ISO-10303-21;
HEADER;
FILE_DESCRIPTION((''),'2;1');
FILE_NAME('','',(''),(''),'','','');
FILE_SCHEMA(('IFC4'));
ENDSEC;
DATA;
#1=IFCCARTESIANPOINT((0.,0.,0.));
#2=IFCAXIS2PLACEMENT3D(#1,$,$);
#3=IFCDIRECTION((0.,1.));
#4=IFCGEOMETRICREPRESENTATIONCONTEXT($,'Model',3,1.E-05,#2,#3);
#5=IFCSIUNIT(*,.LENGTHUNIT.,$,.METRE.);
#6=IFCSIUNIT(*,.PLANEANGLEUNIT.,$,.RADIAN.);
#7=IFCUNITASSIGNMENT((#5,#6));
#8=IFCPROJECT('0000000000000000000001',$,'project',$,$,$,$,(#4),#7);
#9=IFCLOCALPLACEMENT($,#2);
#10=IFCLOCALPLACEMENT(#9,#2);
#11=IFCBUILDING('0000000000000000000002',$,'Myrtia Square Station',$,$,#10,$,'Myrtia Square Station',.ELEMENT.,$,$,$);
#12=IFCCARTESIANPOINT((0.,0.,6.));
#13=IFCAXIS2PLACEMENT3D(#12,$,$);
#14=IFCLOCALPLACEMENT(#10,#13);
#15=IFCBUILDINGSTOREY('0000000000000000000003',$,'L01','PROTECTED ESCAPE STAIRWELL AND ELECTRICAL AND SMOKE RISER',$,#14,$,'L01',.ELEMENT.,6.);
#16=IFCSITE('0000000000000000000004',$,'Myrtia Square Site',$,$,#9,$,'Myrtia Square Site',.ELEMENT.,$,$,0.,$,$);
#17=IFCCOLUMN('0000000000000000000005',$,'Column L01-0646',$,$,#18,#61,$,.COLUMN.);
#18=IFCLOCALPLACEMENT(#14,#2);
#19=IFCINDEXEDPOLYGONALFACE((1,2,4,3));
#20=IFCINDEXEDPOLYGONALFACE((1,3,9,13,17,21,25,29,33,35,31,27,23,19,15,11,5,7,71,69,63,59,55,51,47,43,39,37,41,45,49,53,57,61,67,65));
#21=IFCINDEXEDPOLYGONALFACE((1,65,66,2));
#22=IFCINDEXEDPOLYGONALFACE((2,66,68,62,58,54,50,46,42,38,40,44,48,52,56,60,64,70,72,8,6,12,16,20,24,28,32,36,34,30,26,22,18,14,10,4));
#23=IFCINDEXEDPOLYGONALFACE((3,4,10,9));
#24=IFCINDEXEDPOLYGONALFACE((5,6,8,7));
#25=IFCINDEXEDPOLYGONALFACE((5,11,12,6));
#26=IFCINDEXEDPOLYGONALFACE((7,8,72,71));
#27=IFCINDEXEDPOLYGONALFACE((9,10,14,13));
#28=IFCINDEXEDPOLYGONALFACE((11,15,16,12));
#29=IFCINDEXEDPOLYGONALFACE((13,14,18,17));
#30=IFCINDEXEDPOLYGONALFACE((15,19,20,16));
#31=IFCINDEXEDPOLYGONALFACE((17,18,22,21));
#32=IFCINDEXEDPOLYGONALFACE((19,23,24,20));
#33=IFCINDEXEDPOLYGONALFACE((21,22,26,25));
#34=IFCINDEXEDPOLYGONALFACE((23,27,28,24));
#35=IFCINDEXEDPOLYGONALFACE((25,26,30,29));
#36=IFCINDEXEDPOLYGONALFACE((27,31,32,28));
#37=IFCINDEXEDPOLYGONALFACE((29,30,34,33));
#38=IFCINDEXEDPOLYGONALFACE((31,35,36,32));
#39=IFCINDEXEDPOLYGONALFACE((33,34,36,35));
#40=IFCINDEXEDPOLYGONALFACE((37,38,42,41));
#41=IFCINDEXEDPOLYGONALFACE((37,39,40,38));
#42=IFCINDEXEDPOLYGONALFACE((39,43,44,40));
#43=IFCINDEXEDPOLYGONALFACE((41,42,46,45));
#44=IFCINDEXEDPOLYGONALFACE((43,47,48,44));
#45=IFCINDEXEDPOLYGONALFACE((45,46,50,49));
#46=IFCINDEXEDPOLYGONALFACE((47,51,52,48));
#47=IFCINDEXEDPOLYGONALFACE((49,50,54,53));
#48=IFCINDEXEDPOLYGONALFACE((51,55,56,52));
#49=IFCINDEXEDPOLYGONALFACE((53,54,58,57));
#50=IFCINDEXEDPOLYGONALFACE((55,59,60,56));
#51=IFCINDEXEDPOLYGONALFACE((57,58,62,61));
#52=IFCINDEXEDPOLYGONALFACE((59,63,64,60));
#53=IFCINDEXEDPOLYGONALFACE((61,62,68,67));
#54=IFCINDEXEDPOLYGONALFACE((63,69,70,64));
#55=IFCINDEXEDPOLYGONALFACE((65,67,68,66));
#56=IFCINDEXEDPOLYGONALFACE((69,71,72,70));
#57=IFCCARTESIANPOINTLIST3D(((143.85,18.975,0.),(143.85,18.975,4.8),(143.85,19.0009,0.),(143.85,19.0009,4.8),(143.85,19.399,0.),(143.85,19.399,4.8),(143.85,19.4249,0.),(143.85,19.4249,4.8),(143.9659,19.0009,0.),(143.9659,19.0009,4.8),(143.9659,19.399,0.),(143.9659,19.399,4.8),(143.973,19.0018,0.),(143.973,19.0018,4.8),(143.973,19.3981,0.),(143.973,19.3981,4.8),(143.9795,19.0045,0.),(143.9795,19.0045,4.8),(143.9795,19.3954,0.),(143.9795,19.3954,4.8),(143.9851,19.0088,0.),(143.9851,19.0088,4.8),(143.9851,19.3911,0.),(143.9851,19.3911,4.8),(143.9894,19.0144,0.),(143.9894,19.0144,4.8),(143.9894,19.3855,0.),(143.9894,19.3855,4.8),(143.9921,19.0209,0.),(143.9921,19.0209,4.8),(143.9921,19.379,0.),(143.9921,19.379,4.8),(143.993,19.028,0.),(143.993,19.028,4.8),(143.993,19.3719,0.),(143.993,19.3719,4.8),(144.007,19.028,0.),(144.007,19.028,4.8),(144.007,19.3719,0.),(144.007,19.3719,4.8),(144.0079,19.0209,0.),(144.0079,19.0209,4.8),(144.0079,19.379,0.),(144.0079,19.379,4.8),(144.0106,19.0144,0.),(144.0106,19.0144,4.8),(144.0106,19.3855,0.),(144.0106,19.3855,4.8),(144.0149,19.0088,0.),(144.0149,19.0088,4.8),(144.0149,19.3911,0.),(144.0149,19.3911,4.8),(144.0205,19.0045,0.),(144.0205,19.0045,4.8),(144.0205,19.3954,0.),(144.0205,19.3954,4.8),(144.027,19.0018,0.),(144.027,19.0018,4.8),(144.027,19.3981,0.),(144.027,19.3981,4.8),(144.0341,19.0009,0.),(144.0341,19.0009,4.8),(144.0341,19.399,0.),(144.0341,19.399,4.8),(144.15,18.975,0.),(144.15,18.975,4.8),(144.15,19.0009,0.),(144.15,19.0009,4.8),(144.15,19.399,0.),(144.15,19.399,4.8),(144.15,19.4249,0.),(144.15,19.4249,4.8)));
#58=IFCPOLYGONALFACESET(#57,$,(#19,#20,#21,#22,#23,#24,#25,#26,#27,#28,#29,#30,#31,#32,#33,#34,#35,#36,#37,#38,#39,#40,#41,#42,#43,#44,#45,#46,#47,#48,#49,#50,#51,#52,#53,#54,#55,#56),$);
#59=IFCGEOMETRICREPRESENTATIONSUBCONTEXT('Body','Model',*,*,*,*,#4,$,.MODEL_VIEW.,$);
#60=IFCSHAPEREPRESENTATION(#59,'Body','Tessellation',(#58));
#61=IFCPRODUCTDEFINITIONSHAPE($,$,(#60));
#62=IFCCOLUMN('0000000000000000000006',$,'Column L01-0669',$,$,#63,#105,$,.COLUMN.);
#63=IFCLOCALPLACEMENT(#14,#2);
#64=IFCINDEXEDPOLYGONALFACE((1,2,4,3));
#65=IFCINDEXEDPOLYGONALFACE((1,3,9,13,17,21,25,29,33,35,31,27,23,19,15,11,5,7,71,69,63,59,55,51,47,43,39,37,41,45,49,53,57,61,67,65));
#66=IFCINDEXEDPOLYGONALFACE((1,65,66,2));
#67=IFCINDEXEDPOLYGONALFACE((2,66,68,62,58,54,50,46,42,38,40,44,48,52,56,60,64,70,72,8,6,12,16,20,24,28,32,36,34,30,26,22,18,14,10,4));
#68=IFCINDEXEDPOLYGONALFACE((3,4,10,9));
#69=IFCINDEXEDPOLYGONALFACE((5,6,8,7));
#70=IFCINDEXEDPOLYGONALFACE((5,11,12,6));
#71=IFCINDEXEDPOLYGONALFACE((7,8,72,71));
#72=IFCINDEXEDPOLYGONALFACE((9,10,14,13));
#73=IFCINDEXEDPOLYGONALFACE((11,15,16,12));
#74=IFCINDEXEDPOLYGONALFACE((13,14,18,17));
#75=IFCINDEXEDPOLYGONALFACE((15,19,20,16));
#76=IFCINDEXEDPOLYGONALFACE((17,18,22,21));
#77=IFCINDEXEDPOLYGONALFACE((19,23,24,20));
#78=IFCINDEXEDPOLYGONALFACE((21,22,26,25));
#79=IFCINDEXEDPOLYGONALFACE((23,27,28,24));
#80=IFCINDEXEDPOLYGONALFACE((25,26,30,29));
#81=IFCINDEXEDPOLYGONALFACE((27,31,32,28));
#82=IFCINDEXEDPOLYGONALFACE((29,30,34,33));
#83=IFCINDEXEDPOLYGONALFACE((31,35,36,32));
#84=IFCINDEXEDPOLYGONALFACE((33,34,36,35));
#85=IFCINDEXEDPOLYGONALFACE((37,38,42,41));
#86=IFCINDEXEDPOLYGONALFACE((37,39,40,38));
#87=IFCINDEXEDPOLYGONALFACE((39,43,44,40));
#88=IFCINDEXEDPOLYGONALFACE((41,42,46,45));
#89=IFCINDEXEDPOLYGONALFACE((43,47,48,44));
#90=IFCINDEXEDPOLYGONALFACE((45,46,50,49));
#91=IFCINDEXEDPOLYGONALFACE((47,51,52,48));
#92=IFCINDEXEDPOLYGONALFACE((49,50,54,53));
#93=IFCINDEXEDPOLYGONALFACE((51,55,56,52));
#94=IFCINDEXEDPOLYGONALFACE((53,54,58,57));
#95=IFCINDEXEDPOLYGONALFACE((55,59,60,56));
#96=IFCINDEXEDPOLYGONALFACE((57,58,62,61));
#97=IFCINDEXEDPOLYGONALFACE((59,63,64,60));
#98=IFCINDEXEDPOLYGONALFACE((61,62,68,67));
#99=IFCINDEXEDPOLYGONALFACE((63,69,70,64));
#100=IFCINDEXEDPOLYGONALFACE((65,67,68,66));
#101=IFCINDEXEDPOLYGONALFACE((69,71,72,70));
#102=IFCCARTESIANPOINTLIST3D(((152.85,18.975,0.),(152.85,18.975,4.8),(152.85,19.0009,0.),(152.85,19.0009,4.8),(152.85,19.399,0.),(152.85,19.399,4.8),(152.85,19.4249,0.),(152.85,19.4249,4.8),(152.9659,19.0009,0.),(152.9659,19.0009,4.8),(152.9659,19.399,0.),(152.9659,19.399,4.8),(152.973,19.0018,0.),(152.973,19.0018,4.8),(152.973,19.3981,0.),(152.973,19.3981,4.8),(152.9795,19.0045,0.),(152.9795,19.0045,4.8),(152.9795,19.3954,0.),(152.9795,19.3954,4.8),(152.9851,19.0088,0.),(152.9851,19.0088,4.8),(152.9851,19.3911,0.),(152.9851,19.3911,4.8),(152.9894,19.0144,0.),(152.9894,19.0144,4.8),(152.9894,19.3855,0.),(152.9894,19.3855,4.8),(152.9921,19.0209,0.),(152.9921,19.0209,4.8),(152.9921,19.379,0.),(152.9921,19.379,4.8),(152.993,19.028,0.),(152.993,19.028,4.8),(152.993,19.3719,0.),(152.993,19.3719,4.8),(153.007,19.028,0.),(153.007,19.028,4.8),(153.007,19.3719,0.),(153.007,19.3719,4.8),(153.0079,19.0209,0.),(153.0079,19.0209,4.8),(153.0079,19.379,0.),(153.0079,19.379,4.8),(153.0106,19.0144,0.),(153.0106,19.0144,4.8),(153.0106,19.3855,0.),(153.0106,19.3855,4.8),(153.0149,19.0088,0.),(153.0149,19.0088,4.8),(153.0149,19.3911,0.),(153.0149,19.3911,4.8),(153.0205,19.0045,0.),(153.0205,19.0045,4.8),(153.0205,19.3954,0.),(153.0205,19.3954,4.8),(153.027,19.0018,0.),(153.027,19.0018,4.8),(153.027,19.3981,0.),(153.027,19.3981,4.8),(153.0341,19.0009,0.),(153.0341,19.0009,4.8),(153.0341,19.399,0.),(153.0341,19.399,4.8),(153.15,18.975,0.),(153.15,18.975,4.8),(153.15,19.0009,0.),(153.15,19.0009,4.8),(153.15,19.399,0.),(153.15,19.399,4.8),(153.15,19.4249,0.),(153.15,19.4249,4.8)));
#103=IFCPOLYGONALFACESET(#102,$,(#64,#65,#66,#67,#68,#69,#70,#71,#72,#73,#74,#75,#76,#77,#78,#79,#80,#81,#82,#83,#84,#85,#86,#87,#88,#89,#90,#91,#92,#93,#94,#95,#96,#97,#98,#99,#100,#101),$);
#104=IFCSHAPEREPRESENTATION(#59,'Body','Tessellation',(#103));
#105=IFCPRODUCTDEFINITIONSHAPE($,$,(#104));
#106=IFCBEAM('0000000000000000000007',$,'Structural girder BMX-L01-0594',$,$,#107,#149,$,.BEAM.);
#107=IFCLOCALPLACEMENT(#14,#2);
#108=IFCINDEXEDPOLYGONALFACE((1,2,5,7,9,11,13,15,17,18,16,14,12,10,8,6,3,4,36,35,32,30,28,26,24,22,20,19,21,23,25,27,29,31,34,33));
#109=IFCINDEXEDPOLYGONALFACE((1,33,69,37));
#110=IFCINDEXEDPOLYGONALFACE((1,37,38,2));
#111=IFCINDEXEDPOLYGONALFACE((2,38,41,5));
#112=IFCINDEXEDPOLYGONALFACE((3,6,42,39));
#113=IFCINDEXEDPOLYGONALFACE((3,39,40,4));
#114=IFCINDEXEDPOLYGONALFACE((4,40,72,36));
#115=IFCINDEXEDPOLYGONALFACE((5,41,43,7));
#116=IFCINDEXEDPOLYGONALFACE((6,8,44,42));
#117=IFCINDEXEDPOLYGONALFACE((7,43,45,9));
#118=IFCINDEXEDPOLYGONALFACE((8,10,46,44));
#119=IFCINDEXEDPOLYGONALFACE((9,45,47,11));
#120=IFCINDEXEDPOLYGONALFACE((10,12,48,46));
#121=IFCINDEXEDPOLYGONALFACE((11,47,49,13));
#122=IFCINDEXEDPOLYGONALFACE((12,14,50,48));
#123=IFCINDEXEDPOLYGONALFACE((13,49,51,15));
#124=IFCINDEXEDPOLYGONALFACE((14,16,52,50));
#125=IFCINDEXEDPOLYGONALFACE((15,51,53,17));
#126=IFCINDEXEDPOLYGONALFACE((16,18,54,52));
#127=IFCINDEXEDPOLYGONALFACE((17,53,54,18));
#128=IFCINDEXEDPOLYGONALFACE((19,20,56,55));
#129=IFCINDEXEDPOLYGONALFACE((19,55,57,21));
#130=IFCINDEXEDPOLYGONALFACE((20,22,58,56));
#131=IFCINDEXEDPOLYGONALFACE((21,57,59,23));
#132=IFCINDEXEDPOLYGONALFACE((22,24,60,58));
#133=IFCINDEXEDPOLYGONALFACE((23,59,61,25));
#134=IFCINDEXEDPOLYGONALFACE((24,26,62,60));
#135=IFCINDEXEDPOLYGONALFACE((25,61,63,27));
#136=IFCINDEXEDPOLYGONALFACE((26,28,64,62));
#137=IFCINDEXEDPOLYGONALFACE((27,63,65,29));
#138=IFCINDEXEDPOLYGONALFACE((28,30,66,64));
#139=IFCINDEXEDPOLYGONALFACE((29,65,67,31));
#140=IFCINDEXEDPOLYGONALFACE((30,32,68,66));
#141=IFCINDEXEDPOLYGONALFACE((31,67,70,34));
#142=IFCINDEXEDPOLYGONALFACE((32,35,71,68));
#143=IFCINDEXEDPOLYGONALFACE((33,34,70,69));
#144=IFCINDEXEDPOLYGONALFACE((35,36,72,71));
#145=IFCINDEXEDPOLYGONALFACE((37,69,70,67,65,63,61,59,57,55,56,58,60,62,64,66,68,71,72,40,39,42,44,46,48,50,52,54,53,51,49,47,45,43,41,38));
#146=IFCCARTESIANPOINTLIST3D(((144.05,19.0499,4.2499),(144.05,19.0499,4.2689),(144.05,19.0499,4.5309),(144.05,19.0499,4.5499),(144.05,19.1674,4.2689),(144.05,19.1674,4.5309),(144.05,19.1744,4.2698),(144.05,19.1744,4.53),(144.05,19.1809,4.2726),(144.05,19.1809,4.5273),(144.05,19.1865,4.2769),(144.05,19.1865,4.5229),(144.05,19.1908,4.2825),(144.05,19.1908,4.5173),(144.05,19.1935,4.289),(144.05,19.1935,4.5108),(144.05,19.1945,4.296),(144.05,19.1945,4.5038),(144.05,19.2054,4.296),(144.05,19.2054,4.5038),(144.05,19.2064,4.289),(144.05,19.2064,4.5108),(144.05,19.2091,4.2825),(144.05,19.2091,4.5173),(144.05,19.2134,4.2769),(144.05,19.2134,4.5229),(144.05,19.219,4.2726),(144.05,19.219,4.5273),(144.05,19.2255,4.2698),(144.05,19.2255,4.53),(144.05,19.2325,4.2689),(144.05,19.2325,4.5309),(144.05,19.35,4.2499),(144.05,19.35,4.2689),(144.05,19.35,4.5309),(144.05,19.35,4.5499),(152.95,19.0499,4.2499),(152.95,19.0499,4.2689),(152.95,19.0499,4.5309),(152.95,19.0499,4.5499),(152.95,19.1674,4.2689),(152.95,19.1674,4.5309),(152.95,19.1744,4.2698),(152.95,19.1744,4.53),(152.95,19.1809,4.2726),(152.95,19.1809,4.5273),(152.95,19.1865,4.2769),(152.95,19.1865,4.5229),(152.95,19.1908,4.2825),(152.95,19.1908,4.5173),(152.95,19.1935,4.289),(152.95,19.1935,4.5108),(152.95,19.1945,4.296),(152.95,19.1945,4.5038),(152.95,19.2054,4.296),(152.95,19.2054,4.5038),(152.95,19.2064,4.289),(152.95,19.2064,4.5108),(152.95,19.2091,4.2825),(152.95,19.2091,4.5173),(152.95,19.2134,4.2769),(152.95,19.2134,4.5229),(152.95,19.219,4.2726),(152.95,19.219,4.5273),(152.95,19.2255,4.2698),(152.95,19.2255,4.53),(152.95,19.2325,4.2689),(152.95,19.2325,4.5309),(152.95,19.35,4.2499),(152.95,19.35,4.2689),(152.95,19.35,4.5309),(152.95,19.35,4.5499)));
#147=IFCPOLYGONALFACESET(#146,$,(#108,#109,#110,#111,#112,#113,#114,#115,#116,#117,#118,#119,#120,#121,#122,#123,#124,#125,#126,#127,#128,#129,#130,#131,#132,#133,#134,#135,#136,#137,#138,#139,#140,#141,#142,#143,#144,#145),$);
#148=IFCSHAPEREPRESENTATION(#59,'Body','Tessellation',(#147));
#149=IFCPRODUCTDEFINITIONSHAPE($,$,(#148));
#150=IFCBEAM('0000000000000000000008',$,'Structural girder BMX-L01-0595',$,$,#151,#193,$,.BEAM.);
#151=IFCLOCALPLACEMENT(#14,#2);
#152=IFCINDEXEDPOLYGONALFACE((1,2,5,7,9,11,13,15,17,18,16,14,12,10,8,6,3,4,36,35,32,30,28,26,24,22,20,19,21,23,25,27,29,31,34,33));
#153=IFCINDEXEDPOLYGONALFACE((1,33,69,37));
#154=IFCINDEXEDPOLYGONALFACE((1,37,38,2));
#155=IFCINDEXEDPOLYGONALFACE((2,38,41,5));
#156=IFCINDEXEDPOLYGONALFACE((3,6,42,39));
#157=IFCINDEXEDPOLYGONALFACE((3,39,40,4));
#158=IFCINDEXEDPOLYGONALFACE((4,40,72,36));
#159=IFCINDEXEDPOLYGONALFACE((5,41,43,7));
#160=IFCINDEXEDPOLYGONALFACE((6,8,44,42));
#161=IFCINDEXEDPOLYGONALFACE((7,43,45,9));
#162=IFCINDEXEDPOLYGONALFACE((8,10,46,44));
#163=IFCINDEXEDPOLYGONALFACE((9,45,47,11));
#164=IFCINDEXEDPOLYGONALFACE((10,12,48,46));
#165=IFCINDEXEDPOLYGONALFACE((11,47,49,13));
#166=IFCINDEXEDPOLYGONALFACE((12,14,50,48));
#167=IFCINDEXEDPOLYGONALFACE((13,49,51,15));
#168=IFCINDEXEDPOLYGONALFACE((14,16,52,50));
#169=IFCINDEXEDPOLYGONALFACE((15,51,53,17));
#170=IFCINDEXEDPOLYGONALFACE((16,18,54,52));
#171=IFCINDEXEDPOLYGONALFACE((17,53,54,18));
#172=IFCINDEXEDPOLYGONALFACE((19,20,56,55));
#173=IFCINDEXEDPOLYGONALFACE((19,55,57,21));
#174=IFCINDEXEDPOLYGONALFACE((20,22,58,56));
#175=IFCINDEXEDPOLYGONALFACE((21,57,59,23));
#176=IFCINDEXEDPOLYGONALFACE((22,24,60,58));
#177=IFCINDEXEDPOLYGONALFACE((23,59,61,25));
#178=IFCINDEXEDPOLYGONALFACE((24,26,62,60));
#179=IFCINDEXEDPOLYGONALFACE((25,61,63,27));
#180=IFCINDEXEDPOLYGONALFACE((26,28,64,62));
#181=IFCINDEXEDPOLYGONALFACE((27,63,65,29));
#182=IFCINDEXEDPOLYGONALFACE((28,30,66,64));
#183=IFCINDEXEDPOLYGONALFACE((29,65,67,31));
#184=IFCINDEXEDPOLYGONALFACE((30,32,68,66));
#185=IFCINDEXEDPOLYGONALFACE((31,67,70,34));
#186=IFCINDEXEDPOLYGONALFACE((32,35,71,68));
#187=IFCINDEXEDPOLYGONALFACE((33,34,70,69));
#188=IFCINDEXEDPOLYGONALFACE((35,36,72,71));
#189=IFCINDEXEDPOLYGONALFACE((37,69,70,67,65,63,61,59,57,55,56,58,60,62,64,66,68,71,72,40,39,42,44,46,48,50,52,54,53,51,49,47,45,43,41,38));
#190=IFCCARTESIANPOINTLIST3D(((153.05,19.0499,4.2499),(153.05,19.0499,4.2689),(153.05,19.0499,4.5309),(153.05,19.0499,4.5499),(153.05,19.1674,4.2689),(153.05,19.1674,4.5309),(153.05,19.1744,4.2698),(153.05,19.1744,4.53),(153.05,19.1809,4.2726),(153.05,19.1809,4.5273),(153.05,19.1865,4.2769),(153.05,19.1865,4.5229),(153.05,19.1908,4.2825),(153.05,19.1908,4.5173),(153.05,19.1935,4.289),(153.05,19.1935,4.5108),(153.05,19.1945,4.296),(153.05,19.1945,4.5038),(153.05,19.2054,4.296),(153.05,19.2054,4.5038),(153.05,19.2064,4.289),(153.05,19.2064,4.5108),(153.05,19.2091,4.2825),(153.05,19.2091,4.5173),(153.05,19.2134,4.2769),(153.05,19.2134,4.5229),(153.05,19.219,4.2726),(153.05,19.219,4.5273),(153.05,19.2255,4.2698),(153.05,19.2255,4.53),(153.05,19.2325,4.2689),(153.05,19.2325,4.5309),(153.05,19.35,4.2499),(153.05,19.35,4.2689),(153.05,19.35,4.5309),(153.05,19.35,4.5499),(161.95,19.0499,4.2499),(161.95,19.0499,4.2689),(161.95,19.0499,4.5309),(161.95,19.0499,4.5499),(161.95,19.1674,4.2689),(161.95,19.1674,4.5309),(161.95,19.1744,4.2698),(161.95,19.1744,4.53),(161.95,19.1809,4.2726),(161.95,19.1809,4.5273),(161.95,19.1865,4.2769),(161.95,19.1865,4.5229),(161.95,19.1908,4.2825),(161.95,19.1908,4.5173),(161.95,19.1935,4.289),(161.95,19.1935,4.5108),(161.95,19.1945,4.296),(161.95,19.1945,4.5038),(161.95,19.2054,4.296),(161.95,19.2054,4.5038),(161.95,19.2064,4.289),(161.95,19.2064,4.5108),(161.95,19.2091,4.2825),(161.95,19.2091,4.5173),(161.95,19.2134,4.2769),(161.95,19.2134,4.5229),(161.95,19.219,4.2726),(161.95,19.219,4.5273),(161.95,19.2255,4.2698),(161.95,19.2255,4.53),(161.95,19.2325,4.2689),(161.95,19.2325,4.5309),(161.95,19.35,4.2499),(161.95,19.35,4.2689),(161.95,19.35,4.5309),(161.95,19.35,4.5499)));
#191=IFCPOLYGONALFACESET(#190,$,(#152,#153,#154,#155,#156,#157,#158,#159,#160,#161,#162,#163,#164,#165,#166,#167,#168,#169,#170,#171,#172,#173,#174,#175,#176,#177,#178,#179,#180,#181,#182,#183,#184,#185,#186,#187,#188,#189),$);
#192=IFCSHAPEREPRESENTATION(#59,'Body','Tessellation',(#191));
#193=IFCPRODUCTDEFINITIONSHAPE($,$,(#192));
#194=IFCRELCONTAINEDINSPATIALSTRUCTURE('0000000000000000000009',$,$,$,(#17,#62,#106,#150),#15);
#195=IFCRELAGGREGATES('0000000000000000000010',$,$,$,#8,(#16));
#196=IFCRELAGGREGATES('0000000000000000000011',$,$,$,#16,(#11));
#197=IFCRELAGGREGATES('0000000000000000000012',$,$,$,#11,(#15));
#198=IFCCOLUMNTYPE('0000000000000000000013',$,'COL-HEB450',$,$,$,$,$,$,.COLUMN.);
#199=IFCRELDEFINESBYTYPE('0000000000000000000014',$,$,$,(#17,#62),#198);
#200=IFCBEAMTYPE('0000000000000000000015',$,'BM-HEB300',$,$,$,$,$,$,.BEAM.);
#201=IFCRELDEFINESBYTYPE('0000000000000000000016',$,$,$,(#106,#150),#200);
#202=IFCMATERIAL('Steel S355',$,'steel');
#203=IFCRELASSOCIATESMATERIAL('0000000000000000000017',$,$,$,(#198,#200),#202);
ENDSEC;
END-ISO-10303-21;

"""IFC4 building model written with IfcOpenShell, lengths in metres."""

from ifc_helpers import new_model, si_unit, direction, frame, origin, origin_2d, place, context, subcontext, project, spatial, i_section, extrude, material, material_profile, profile_set, type_object, element, save


model = new_model("IFC4")

# Units and contexts
model_context = context("Model", 3, precision=1e-05, world=origin(), true_north=direction((0.0, 1.0)))
body_context = subcontext(model_context, "Body", "Model", "MODEL_VIEW")
ifc_project = project(units=[si_unit("LENGTHUNIT", "METRE"), si_unit("PLANEANGLEUNIT", "RADIAN")], contexts=[model_context])

# Site, building, storey
site_placement = place(None, origin())
site = spatial("IfcSite", under=ifc_project, at=site_placement, Name="Myrtia Square Site", LongName="Myrtia Square Site", CompositionType="ELEMENT", RefElevation=0.0)
building_placement = place(site_placement, origin())
building = spatial("IfcBuilding", under=site, at=building_placement, Name="Myrtia Square Station", LongName="Myrtia Square Station", CompositionType="ELEMENT")
storey_placement = place(building_placement, frame((0.0, 0.0, 6.0)))
storey = spatial("IfcBuildingStorey", under=building, at=storey_placement, Name="L01", Description="PROTECTED ESCAPE STAIRWELL AND ELECTRICAL AND SMOKE RISER", LongName="L01", CompositionType="ELEMENT", Elevation=6.0)

# Columns
ifc_material_1 = material(Name="Steel S355", Category="steel")
ifc_material_profile_1 = material_profile(ifc_material_1, i_section(OverallWidth=0.3, OverallDepth=0.45, WebThickness=0.0139, FlangeThickness=0.0259, FilletRadius=0.0271, at=origin_2d()), Name="HEB 450")
ifc_profile_set_1 = profile_set([ifc_material_profile_1], Name="Steel S355")
column_type = type_object("IfcColumnType", Name="COL-HEB450", PredefinedType="COLUMN", material=ifc_profile_set_1)
for number, where, z_axis, x_axis, name in (
    (1, (144.0, 19.2, 0.0), (0.0, 0.0, 1.0), (1.0, 0.0, 0.0), "Column L01-0646"),
    (2, (153.0, 19.2, 0.0), (0.0, 0.0, 1.0), (1.0, 0.0, 0.0), "Column L01-0669"),
):
    element("IfcColumn", number, at=place(storey_placement, frame(where, z_axis=z_axis, x_axis=x_axis)), inside=storey, type_object=column_type, Name=name, PredefinedType="COLUMN", context=body_context, shape_type="SweptSolid", body=[
        extrude(i_section(OverallWidth=0.3, OverallDepth=0.45, WebThickness=0.0139, FlangeThickness=0.0259, FilletRadius=0.0271, at=origin_2d()), origin(), (0.0, 0.0, 1.0), 4.8),
    ])

# Beams
ifc_material_profile_2 = material_profile(ifc_material_1, i_section(OverallWidth=0.3, OverallDepth=0.3, WebThickness=0.011, FlangeThickness=0.019, FilletRadius=0.0271, at=origin_2d()), Name="HEB 300")
ifc_profile_set_2 = profile_set([ifc_material_profile_2], Name="Steel S355")
beam_type_1 = type_object("IfcBeamType", Name="BM-HEB300", PredefinedType="BEAM", material=ifc_profile_set_2)
for number, where, z_axis, x_axis, name in (
    (3, (144.05, 19.2, 4.3999), (1.0, 0.0, 0.0), (0.0, 1.0, 0.0), "Structural girder BMX-L01-0594"),
    (4, (153.05, 19.2, 4.3999), (1.0, 0.0, 0.0), (0.0, 1.0, 0.0), "Structural girder BMX-L01-0595"),
):
    element("IfcBeam", number, at=place(storey_placement, frame(where, z_axis=z_axis, x_axis=x_axis)), inside=storey, type_object=beam_type_1, Name=name, PredefinedType="BEAM", context=body_context, shape_type="SweptSolid", body=[
        extrude(i_section(OverallWidth=0.3, OverallDepth=0.3, WebThickness=0.011, FlangeThickness=0.019, FilletRadius=0.0271, at=origin_2d()), origin(), (0.0, 0.0, 1.0), 8.8999),
    ])

save(model, "model.ifc")
